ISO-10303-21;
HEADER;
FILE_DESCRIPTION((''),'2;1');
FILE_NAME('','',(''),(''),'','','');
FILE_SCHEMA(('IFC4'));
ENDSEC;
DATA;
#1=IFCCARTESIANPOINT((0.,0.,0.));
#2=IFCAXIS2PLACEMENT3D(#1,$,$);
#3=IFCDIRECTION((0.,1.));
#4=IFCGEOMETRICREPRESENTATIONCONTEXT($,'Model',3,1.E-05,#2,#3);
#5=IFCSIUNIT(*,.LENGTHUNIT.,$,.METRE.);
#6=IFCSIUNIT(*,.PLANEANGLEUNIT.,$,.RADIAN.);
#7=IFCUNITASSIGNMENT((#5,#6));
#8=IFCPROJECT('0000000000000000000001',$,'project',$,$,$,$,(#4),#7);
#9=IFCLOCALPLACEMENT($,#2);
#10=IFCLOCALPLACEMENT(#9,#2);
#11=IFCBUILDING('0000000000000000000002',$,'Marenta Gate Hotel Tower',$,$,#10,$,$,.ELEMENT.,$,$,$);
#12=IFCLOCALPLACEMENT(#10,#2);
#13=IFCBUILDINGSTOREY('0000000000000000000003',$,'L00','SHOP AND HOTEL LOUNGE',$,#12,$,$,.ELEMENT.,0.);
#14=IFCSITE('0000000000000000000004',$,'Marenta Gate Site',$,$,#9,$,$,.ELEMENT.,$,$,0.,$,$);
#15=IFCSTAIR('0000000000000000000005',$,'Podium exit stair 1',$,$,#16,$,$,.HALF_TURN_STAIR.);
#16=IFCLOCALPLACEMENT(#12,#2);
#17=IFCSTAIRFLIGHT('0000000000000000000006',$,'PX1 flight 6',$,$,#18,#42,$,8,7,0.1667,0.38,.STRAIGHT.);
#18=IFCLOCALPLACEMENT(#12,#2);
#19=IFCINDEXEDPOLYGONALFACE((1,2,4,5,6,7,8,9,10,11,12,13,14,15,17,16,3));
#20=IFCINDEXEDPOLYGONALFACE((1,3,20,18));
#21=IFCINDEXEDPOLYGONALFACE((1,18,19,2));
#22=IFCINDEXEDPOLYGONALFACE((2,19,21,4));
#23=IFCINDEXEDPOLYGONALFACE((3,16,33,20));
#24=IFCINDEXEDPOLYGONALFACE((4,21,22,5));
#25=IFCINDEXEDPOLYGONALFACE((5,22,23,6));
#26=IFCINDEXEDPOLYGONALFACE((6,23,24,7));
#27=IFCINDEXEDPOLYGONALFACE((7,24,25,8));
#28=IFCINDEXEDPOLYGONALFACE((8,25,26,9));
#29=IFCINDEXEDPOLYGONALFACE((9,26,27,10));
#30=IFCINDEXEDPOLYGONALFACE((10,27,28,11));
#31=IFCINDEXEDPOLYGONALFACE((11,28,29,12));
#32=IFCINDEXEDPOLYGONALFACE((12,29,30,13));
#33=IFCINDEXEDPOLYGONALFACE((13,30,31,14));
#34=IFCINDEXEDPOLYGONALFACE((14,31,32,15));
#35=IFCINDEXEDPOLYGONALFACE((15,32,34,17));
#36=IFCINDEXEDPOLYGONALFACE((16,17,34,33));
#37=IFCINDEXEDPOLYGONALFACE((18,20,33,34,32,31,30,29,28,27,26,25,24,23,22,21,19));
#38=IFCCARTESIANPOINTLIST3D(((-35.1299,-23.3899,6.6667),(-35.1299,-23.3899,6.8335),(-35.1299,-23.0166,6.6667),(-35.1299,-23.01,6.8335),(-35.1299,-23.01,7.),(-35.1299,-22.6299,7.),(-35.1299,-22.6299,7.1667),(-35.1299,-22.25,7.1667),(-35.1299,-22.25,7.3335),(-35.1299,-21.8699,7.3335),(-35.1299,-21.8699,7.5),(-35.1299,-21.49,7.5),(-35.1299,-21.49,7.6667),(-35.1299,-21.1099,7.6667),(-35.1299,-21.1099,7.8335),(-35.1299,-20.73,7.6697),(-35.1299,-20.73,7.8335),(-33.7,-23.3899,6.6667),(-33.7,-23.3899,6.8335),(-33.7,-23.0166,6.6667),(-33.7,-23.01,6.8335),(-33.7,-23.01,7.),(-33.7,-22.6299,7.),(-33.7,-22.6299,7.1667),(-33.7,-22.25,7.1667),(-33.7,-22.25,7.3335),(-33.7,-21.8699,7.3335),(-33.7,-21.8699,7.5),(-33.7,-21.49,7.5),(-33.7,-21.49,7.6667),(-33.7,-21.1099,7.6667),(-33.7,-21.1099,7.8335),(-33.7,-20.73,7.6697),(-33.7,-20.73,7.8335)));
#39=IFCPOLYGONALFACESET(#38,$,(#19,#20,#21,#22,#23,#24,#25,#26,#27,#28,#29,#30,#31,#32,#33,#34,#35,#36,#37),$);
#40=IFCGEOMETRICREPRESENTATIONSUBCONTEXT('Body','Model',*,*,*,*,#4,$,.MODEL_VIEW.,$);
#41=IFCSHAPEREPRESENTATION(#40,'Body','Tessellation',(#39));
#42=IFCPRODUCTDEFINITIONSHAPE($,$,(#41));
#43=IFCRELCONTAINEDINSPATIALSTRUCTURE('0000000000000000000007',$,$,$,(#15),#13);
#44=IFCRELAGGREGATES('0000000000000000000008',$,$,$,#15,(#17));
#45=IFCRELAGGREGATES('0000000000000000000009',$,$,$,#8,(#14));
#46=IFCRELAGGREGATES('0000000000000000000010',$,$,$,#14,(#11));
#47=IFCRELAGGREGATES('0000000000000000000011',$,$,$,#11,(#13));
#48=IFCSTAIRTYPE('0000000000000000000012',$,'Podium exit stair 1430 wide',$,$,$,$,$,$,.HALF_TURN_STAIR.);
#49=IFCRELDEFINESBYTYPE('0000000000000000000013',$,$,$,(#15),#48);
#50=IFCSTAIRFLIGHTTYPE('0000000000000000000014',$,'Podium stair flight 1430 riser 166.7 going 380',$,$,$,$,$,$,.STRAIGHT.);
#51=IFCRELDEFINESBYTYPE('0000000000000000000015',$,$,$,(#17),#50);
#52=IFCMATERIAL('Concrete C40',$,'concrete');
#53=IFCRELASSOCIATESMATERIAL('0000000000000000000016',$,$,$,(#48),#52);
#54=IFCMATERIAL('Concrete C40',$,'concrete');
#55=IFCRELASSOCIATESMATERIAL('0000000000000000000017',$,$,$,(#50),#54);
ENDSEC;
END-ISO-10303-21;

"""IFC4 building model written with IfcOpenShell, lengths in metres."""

from ifc_helpers import new_model, si_unit, direction, frame, origin, place, context, subcontext, project, spatial, polyline, outline, extrude, material, type_object, element, aggregate, save


model = new_model("IFC4")

# Units and contexts
model_context = context("Model", 3, precision=1e-05, world=origin(), true_north=direction((0.0, 1.0)))
body_context = subcontext(model_context, "Body", "Model", "MODEL_VIEW")
ifc_project = project(units=[si_unit("LENGTHUNIT", "METRE"), si_unit("PLANEANGLEUNIT", "RADIAN")], contexts=[model_context])

# Site, building, storey
site_placement = place(None, origin())
site = spatial("IfcSite", under=ifc_project, at=site_placement, Name="Marenta Gate Site", CompositionType="ELEMENT", RefElevation=0.0)
building_placement = place(site_placement, origin())
building = spatial("IfcBuilding", under=site, at=building_placement, Name="Marenta Gate Hotel Tower", CompositionType="ELEMENT")
storey_placement = place(building_placement, origin())
storey = spatial("IfcBuildingStorey", under=building, at=storey_placement, Name="L00", Description="SHOP AND HOTEL LOUNGE", CompositionType="ELEMENT", Elevation=0.0)

# Stair, stair flight
ifc_material_1 = material(Name="Concrete C40", Category="concrete")
stair_type = type_object("IfcStairType", Name="Podium exit stair 1430 wide", PredefinedType="HALF_TURN_STAIR", material=ifc_material_1)
stair_placement = place(storey_placement, origin())
stair = element("IfcStair", 1, at=stair_placement, inside=storey, type_object=stair_type, Name="Podium exit stair 1", PredefinedType="HALF_TURN_STAIR")
ifc_material_2 = material(Name="Concrete C40", Category="concrete")
stair_flight_type = type_object("IfcStairFlightType", Name="Podium stair flight 1430 riser 166.7 going 380", PredefinedType="STRAIGHT", material=ifc_material_2)
stair_flight_placement = place(storey_placement, frame((-34.415, -23.3899, 6.6667), z_axis=(0.0, 0.0, 1.0), x_axis=(0.0, 1.0, 0.0)))
stair_flight = element("IfcStairFlight", 2, at=stair_flight_placement, type_object=stair_flight_type, Name="PX1 flight 6", NumberOfRisers=8, NumberOfTreads=7, PredefinedType="STRAIGHT", RiserHeight=0.1667, TreadLength=0.38, context=body_context, shape_type="SweptSolid", body=[
    extrude(outline(polyline([(0.0, 0.0), (0.0, 0.1667), (0.3799, 0.1667), (0.3799, 0.3333), (0.76, 0.3333), (0.76, 0.5), (1.1399, 0.5), (1.1399, 0.6667), (1.52, 0.6667), (1.52, 0.8333), (1.8999, 0.8333), (1.8999, 1.0), (2.28, 1.0), (2.28, 1.1667), (2.6599, 1.1667), (2.6599, 1.3333), (2.6599, 1.0029), (0.3733, 0.0), (0.0, 0.0)])), frame((0.0, 0.7148, 0.0), z_axis=(0.0, -1.0, 0.0), x_axis=(1.0, 0.0, 0.0)), (0.0, 0.0, 1.0), 1.4299),
])
aggregate(stair, [stair_flight])

save(model, "model.ifc")
